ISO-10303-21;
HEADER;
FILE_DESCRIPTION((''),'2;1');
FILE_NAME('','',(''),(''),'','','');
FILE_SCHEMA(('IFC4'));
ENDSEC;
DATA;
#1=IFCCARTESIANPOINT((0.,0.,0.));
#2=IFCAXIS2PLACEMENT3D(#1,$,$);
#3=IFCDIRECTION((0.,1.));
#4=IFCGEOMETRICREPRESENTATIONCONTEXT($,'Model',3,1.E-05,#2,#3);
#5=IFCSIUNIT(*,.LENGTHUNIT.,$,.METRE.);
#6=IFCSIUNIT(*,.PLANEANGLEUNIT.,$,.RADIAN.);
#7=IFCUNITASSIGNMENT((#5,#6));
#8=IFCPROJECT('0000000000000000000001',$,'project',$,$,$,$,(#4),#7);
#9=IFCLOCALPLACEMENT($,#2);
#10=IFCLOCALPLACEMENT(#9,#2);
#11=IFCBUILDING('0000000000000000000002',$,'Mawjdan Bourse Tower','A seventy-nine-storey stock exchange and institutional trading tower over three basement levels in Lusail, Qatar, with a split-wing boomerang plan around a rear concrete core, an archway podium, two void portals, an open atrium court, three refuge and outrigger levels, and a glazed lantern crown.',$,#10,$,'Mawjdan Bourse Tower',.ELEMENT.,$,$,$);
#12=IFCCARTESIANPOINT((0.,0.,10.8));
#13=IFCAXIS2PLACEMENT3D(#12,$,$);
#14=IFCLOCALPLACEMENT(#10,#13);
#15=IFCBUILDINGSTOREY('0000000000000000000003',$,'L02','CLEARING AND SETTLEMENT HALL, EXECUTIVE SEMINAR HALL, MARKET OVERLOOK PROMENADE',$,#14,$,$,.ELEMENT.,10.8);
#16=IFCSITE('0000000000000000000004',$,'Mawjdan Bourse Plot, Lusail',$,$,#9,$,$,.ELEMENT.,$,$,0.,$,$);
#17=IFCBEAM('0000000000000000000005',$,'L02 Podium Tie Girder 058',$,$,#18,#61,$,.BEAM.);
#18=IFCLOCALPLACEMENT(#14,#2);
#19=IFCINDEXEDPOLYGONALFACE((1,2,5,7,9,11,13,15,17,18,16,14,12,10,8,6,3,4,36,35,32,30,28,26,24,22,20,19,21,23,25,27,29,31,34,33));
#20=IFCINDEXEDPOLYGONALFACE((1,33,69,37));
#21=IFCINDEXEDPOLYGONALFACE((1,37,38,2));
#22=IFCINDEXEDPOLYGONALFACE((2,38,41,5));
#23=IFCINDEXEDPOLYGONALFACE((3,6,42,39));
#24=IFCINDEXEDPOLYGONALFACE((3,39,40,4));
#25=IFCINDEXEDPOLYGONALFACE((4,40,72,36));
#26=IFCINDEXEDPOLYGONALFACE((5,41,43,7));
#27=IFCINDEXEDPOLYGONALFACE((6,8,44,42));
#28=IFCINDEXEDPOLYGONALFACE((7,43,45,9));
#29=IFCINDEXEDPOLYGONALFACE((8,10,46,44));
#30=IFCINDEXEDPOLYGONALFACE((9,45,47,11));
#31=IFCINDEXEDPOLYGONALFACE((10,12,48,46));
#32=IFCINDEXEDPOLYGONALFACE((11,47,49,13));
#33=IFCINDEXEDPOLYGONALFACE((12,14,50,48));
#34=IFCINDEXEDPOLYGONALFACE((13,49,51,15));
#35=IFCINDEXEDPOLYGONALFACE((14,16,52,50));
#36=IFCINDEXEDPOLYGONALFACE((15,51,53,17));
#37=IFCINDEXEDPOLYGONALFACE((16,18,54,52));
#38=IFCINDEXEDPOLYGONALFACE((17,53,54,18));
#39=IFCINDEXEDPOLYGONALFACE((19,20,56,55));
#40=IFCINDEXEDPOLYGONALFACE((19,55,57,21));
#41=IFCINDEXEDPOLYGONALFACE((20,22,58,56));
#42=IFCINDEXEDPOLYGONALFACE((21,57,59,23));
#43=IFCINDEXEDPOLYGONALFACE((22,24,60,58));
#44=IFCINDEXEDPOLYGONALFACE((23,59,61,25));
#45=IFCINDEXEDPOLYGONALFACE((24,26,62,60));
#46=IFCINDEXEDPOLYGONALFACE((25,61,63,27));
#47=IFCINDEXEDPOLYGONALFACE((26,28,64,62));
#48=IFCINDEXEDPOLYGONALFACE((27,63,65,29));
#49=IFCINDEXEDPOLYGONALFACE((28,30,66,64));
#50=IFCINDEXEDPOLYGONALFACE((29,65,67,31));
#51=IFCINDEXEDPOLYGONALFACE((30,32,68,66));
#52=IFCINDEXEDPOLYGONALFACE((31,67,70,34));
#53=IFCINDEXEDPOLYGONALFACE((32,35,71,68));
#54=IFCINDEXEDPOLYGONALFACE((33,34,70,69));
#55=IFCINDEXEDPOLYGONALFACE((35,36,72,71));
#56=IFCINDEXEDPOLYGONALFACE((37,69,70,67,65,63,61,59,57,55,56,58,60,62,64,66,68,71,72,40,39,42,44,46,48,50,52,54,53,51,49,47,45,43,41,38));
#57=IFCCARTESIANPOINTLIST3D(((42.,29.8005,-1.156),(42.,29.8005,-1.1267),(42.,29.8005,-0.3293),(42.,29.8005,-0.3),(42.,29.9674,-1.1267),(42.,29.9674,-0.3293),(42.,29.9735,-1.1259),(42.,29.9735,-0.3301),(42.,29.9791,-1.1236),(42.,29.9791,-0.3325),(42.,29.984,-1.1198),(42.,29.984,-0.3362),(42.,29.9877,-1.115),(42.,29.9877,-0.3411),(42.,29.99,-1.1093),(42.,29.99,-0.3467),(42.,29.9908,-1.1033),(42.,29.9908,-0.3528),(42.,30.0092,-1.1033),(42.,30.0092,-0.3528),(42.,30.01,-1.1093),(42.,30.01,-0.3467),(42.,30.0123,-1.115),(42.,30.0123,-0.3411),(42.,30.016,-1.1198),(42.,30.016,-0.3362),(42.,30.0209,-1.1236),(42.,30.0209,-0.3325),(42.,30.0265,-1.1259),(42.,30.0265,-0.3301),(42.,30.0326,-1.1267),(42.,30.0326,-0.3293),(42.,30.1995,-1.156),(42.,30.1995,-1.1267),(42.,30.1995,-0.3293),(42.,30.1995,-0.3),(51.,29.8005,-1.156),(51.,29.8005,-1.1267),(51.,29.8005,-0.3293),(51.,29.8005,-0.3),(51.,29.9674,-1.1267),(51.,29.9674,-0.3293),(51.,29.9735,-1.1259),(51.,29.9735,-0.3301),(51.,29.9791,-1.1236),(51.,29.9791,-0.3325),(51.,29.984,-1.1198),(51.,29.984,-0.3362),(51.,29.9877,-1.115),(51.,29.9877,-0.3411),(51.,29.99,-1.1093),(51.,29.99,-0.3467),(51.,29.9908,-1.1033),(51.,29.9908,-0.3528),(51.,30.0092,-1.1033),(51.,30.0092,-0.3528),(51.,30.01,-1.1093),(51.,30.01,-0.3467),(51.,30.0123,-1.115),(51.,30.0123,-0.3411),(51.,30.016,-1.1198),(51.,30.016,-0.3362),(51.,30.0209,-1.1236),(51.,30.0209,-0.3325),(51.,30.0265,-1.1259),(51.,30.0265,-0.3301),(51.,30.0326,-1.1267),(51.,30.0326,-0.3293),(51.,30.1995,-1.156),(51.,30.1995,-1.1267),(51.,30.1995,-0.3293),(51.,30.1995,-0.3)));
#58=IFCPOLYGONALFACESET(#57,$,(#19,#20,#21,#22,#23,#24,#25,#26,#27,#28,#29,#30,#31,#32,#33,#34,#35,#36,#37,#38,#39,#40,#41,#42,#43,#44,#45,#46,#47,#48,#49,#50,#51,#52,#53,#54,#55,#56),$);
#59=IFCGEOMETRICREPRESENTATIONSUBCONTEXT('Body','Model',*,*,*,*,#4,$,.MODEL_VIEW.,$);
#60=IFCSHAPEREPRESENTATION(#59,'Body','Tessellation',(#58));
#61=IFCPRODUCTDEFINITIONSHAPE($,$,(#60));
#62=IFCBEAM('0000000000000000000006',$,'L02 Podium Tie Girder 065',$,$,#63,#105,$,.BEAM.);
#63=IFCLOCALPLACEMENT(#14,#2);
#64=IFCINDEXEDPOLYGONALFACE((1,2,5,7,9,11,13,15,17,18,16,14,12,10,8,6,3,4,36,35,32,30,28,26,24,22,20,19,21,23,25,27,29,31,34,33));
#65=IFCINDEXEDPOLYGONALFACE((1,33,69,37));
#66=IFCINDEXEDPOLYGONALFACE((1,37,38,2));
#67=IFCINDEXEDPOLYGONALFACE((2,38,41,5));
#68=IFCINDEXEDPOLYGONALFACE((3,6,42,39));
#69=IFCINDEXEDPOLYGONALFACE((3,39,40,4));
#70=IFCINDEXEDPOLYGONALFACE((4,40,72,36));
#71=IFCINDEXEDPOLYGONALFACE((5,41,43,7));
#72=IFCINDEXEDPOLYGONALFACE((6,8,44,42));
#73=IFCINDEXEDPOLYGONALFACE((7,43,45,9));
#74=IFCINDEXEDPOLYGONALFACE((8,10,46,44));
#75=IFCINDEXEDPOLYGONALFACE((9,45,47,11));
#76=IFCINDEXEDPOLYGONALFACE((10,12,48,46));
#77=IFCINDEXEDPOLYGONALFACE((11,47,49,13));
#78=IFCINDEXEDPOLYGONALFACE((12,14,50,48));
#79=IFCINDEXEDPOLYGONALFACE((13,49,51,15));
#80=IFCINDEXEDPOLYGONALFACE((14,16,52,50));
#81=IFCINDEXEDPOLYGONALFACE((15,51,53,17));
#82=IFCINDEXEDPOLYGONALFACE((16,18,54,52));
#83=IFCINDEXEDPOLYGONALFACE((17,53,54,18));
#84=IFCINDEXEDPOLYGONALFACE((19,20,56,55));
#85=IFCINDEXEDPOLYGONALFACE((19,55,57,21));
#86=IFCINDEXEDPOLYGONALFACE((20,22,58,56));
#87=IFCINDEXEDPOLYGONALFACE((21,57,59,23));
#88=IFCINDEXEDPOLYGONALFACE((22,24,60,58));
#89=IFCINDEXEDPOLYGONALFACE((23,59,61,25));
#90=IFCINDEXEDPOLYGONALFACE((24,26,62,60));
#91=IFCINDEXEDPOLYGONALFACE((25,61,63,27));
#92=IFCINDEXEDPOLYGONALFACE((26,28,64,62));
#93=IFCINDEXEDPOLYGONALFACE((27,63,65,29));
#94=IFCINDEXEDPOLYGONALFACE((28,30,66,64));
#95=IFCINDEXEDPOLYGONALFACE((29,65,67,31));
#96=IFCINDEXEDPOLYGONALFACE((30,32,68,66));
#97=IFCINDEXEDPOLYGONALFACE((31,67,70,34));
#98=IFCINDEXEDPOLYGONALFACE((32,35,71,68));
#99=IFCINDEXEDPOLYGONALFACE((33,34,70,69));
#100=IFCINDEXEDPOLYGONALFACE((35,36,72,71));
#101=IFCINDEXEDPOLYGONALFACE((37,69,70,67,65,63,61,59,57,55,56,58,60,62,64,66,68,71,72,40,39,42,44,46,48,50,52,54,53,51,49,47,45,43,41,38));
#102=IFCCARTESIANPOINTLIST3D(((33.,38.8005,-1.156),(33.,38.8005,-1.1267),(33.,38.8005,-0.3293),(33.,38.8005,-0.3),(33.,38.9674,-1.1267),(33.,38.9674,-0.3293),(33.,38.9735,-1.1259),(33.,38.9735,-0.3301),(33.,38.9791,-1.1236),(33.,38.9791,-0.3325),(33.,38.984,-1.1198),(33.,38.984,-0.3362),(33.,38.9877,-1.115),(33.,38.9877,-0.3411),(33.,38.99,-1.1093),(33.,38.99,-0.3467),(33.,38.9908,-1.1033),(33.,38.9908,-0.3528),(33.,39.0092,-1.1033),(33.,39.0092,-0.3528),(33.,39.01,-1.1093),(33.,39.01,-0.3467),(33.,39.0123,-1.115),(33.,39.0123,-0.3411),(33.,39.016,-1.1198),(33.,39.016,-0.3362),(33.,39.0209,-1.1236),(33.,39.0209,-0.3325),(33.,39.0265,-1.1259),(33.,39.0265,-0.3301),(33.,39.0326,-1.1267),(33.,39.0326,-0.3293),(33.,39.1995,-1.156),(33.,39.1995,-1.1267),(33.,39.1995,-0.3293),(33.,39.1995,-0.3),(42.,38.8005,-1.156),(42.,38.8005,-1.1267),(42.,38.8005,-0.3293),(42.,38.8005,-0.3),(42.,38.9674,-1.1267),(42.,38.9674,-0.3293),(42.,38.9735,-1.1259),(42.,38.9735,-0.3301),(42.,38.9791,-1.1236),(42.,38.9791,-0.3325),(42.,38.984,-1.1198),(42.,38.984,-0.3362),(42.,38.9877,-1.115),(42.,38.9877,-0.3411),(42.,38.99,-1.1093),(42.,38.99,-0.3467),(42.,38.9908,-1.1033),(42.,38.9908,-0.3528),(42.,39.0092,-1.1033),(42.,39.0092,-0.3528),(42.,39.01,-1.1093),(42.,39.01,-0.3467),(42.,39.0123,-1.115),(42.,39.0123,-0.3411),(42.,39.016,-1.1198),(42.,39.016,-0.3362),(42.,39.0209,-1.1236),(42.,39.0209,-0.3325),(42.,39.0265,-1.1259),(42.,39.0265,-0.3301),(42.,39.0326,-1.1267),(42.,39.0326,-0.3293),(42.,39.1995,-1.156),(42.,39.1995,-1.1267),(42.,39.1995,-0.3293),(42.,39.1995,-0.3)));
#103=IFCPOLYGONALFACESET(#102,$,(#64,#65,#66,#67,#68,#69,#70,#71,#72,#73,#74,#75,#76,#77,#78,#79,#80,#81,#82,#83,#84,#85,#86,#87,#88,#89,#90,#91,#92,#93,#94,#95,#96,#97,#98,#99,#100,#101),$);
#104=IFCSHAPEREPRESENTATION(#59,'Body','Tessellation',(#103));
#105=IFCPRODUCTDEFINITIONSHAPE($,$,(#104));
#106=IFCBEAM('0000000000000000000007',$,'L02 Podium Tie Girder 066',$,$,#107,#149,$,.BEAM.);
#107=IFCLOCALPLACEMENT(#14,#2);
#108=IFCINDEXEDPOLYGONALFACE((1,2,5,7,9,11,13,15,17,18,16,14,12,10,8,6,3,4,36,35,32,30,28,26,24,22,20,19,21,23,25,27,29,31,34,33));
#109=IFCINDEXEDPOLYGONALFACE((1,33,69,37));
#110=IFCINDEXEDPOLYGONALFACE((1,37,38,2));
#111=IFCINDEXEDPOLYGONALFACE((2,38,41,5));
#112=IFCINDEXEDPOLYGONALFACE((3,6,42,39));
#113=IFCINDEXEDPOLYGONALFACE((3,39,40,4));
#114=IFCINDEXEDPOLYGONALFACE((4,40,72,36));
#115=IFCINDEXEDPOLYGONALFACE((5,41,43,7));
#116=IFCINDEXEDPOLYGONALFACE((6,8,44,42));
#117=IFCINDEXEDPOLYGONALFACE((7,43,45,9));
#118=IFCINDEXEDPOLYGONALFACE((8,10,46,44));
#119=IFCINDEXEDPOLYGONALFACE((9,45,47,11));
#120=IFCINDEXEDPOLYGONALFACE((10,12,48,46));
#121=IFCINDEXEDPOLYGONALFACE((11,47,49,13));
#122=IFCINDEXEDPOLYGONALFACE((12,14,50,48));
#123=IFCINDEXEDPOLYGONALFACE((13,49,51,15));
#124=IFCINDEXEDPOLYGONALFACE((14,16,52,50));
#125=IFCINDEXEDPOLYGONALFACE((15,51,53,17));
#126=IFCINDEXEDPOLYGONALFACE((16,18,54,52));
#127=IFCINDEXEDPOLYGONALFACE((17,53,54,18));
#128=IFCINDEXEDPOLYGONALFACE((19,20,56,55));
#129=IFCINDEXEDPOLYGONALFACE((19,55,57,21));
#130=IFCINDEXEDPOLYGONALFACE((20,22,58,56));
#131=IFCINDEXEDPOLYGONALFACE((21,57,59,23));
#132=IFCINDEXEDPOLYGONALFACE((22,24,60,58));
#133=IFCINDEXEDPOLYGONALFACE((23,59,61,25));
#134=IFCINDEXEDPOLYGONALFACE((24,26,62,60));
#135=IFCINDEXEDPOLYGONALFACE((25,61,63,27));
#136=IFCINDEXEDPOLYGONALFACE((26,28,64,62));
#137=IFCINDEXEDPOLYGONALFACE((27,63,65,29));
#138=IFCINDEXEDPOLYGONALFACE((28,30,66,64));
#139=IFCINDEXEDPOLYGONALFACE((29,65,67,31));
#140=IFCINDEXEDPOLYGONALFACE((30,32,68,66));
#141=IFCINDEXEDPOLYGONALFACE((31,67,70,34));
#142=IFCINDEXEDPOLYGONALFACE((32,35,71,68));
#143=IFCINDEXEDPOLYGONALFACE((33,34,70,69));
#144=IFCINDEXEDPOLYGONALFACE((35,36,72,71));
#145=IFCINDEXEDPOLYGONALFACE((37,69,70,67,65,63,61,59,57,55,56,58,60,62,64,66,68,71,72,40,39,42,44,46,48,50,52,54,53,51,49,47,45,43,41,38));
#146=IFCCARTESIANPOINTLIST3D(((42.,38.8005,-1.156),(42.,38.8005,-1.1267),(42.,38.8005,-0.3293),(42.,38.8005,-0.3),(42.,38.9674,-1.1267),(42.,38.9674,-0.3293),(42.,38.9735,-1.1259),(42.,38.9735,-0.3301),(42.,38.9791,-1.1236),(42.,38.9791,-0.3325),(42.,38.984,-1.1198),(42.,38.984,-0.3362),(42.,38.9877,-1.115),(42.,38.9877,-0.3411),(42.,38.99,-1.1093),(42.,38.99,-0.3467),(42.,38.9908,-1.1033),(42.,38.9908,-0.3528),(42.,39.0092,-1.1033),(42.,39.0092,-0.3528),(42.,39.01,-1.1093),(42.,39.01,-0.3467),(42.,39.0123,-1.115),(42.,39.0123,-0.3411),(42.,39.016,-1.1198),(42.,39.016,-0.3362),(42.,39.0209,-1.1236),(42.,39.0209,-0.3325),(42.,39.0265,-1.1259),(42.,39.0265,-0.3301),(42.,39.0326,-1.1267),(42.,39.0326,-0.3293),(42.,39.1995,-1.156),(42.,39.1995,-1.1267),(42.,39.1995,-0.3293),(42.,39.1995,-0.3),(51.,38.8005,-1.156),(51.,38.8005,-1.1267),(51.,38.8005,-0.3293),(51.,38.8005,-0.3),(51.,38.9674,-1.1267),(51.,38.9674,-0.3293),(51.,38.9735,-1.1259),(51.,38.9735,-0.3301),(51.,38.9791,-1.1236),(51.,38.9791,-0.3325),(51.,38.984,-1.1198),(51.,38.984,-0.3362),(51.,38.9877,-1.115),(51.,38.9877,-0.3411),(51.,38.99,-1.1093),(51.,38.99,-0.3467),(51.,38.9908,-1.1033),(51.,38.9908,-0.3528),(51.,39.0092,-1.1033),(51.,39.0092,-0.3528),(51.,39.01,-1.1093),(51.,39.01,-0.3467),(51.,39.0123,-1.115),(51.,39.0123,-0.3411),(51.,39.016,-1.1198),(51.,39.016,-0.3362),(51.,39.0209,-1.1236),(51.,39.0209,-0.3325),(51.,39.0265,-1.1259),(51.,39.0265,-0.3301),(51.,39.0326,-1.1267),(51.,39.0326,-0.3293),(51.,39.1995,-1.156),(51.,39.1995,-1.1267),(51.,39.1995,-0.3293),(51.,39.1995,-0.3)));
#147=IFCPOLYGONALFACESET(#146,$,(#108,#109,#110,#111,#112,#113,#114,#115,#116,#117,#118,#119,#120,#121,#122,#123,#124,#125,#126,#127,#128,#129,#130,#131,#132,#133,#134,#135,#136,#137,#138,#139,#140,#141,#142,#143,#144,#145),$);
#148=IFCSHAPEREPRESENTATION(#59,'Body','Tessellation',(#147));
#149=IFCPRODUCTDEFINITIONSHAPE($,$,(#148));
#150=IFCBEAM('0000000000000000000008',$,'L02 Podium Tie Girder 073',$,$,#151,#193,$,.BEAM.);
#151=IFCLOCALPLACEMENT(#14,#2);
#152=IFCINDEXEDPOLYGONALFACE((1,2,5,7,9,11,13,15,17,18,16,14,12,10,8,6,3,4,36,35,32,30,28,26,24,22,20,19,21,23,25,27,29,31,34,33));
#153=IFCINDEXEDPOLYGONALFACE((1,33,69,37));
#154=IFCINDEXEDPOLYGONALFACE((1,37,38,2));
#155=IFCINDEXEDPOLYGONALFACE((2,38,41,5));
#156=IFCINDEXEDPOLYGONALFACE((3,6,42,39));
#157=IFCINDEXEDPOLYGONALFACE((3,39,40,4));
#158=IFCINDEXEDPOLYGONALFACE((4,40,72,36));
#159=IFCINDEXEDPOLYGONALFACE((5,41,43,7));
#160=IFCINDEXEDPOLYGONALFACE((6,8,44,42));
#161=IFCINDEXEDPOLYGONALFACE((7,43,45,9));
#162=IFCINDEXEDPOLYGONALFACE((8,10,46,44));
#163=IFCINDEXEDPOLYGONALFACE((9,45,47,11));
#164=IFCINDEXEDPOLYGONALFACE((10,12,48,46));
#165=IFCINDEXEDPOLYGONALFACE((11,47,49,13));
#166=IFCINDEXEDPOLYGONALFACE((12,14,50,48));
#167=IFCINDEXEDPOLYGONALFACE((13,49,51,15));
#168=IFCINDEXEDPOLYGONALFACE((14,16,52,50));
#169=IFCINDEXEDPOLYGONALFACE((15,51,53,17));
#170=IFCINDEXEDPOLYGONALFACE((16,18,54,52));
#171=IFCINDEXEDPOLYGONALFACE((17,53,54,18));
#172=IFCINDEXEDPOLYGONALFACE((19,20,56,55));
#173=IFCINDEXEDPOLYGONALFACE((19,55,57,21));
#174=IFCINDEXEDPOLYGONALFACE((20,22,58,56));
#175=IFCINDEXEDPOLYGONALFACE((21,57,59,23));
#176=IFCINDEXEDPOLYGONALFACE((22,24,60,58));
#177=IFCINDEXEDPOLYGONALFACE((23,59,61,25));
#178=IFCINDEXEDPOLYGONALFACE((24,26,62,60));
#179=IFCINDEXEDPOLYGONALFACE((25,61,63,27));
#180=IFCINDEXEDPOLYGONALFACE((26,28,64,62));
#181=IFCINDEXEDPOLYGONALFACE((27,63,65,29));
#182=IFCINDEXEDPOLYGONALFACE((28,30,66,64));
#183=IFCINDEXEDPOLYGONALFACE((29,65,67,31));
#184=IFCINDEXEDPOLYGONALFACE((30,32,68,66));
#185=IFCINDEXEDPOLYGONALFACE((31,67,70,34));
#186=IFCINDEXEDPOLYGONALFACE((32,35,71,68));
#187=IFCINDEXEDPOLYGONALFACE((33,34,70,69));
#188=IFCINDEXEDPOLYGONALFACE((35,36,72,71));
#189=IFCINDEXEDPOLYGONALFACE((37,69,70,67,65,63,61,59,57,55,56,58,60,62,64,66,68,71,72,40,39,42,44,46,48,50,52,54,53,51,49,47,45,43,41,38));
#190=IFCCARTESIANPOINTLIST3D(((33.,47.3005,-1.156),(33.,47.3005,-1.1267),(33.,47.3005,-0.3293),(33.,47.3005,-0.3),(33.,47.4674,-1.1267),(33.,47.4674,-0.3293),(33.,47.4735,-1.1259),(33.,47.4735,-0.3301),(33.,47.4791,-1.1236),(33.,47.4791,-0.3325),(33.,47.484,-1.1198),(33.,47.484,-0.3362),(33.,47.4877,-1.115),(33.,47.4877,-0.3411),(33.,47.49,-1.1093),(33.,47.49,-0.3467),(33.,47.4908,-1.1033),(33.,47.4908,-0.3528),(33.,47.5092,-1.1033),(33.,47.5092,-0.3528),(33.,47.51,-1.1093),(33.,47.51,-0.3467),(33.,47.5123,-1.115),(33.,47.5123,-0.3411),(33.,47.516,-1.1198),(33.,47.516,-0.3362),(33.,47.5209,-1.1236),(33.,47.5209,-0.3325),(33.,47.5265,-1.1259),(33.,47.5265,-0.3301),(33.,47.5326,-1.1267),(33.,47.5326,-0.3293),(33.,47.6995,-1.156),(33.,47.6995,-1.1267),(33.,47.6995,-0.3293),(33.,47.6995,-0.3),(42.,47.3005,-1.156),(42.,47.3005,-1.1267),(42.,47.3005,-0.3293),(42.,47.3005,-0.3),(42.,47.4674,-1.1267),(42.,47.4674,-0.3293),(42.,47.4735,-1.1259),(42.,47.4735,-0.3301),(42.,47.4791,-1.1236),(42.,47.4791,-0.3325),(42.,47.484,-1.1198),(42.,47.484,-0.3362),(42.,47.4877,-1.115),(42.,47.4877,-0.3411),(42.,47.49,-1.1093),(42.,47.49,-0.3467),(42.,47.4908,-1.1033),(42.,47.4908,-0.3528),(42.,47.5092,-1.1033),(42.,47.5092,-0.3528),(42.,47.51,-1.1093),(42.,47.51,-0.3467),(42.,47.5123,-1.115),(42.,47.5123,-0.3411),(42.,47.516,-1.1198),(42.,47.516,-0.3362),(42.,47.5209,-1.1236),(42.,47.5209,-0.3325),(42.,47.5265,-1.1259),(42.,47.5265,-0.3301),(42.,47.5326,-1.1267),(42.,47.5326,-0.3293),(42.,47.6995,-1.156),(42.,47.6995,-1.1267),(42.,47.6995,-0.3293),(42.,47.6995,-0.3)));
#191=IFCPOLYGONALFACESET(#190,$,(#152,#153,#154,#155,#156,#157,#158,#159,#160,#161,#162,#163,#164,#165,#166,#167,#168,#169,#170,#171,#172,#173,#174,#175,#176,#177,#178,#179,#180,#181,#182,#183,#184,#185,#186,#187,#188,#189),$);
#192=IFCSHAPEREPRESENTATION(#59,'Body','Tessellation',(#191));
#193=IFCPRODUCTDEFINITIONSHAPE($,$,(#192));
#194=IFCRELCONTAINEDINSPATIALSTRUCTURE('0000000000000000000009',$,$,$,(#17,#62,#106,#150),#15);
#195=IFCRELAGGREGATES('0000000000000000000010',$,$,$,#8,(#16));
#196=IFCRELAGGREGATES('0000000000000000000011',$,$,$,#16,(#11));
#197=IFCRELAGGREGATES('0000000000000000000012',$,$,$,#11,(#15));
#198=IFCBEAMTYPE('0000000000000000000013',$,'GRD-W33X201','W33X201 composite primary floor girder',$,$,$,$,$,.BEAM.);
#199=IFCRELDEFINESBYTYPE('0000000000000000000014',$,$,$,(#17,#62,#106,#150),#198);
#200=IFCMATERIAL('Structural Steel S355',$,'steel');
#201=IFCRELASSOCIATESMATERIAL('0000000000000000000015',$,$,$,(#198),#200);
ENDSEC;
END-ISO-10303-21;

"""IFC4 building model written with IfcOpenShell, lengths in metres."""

from ifc_helpers import new_model, si_unit, direction, frame, origin, origin_2d, place, context, subcontext, project, spatial, i_section, extrude, material, material_profile, profile_set, type_object, element, save


model = new_model("IFC4")

# Units and contexts
model_context = context("Model", 3, precision=1e-05, world=origin(), true_north=direction((0.0, 1.0)))
body_context = subcontext(model_context, "Body", "Model", "MODEL_VIEW")
ifc_project = project(units=[si_unit("LENGTHUNIT", "METRE"), si_unit("PLANEANGLEUNIT", "RADIAN")], contexts=[model_context])

# Site, building, storey
site_placement = place(None, origin())
site = spatial("IfcSite", under=ifc_project, at=site_placement, Name="Mawjdan Bourse Plot, Lusail", CompositionType="ELEMENT", RefElevation=0.0)
building_placement = place(site_placement, origin())
building = spatial("IfcBuilding", under=site, at=building_placement, Name="Mawjdan Bourse Tower", Description="A seventy-nine-storey stock exchange and institutional trading tower over three basement levels in Lusail, Qatar, with a split-wing boomerang plan around a rear concrete core, an archway podium, two void portals, an open atrium court, three refuge and outrigger levels, and a glazed lantern crown.", LongName="Mawjdan Bourse Tower", CompositionType="ELEMENT")
storey_placement = place(building_placement, frame((0.0, 0.0, 10.8)))
storey = spatial("IfcBuildingStorey", under=building, at=storey_placement, Name="L02", Description="CLEARING AND SETTLEMENT HALL, EXECUTIVE SEMINAR HALL, MARKET OVERLOOK PROMENADE", CompositionType="ELEMENT", Elevation=10.8)

# Beams
ifc_material_1 = material(Name="Structural Steel S355", Category="steel")
ifc_material_profile_1 = material_profile(ifc_material_1, i_section(OverallWidth=0.3989, OverallDepth=0.856, WebThickness=0.0183, FlangeThickness=0.0293, FilletRadius=0.0234, at=origin_2d()), Name="W33X201")
ifc_profile_set_1 = profile_set([ifc_material_profile_1], Name="Structural Steel S355")
beam_type_1 = type_object("IfcBeamType", Name="GRD-W33X201", Description="W33X201 composite primary floor girder", PredefinedType="BEAM", material=ifc_profile_set_1)
for number, where, z_axis, x_axis, name in (
    (1, (42.0, 30.0, -0.728), (1.0, 0.0, 0.0), (0.0, 1.0, 0.0), "L02 Podium Tie Girder 058"),
    (2, (33.0, 39.0, -0.728), (1.0, 0.0, 0.0), (0.0, 1.0, 0.0), "L02 Podium Tie Girder 065"),
    (3, (42.0, 39.0, -0.728), (1.0, 0.0, 0.0), (0.0, 1.0, 0.0), "L02 Podium Tie Girder 066"),
    (4, (33.0, 47.5, -0.728), (1.0, 0.0, 0.0), (0.0, 1.0, 0.0), "L02 Podium Tie Girder 073"),
):
    element("IfcBeam", number, at=place(storey_placement, frame(where, z_axis=z_axis, x_axis=x_axis)), inside=storey, type_object=beam_type_1, Name=name, PredefinedType="BEAM", context=body_context, shape_type="SweptSolid", body=[
        extrude(i_section(OverallWidth=0.3989, OverallDepth=0.856, WebThickness=0.0183, FlangeThickness=0.0293, FilletRadius=0.0234, at=origin_2d()), origin(), (0.0, 0.0, 1.0), 9.0),
    ])

save(model, "model.ifc")
